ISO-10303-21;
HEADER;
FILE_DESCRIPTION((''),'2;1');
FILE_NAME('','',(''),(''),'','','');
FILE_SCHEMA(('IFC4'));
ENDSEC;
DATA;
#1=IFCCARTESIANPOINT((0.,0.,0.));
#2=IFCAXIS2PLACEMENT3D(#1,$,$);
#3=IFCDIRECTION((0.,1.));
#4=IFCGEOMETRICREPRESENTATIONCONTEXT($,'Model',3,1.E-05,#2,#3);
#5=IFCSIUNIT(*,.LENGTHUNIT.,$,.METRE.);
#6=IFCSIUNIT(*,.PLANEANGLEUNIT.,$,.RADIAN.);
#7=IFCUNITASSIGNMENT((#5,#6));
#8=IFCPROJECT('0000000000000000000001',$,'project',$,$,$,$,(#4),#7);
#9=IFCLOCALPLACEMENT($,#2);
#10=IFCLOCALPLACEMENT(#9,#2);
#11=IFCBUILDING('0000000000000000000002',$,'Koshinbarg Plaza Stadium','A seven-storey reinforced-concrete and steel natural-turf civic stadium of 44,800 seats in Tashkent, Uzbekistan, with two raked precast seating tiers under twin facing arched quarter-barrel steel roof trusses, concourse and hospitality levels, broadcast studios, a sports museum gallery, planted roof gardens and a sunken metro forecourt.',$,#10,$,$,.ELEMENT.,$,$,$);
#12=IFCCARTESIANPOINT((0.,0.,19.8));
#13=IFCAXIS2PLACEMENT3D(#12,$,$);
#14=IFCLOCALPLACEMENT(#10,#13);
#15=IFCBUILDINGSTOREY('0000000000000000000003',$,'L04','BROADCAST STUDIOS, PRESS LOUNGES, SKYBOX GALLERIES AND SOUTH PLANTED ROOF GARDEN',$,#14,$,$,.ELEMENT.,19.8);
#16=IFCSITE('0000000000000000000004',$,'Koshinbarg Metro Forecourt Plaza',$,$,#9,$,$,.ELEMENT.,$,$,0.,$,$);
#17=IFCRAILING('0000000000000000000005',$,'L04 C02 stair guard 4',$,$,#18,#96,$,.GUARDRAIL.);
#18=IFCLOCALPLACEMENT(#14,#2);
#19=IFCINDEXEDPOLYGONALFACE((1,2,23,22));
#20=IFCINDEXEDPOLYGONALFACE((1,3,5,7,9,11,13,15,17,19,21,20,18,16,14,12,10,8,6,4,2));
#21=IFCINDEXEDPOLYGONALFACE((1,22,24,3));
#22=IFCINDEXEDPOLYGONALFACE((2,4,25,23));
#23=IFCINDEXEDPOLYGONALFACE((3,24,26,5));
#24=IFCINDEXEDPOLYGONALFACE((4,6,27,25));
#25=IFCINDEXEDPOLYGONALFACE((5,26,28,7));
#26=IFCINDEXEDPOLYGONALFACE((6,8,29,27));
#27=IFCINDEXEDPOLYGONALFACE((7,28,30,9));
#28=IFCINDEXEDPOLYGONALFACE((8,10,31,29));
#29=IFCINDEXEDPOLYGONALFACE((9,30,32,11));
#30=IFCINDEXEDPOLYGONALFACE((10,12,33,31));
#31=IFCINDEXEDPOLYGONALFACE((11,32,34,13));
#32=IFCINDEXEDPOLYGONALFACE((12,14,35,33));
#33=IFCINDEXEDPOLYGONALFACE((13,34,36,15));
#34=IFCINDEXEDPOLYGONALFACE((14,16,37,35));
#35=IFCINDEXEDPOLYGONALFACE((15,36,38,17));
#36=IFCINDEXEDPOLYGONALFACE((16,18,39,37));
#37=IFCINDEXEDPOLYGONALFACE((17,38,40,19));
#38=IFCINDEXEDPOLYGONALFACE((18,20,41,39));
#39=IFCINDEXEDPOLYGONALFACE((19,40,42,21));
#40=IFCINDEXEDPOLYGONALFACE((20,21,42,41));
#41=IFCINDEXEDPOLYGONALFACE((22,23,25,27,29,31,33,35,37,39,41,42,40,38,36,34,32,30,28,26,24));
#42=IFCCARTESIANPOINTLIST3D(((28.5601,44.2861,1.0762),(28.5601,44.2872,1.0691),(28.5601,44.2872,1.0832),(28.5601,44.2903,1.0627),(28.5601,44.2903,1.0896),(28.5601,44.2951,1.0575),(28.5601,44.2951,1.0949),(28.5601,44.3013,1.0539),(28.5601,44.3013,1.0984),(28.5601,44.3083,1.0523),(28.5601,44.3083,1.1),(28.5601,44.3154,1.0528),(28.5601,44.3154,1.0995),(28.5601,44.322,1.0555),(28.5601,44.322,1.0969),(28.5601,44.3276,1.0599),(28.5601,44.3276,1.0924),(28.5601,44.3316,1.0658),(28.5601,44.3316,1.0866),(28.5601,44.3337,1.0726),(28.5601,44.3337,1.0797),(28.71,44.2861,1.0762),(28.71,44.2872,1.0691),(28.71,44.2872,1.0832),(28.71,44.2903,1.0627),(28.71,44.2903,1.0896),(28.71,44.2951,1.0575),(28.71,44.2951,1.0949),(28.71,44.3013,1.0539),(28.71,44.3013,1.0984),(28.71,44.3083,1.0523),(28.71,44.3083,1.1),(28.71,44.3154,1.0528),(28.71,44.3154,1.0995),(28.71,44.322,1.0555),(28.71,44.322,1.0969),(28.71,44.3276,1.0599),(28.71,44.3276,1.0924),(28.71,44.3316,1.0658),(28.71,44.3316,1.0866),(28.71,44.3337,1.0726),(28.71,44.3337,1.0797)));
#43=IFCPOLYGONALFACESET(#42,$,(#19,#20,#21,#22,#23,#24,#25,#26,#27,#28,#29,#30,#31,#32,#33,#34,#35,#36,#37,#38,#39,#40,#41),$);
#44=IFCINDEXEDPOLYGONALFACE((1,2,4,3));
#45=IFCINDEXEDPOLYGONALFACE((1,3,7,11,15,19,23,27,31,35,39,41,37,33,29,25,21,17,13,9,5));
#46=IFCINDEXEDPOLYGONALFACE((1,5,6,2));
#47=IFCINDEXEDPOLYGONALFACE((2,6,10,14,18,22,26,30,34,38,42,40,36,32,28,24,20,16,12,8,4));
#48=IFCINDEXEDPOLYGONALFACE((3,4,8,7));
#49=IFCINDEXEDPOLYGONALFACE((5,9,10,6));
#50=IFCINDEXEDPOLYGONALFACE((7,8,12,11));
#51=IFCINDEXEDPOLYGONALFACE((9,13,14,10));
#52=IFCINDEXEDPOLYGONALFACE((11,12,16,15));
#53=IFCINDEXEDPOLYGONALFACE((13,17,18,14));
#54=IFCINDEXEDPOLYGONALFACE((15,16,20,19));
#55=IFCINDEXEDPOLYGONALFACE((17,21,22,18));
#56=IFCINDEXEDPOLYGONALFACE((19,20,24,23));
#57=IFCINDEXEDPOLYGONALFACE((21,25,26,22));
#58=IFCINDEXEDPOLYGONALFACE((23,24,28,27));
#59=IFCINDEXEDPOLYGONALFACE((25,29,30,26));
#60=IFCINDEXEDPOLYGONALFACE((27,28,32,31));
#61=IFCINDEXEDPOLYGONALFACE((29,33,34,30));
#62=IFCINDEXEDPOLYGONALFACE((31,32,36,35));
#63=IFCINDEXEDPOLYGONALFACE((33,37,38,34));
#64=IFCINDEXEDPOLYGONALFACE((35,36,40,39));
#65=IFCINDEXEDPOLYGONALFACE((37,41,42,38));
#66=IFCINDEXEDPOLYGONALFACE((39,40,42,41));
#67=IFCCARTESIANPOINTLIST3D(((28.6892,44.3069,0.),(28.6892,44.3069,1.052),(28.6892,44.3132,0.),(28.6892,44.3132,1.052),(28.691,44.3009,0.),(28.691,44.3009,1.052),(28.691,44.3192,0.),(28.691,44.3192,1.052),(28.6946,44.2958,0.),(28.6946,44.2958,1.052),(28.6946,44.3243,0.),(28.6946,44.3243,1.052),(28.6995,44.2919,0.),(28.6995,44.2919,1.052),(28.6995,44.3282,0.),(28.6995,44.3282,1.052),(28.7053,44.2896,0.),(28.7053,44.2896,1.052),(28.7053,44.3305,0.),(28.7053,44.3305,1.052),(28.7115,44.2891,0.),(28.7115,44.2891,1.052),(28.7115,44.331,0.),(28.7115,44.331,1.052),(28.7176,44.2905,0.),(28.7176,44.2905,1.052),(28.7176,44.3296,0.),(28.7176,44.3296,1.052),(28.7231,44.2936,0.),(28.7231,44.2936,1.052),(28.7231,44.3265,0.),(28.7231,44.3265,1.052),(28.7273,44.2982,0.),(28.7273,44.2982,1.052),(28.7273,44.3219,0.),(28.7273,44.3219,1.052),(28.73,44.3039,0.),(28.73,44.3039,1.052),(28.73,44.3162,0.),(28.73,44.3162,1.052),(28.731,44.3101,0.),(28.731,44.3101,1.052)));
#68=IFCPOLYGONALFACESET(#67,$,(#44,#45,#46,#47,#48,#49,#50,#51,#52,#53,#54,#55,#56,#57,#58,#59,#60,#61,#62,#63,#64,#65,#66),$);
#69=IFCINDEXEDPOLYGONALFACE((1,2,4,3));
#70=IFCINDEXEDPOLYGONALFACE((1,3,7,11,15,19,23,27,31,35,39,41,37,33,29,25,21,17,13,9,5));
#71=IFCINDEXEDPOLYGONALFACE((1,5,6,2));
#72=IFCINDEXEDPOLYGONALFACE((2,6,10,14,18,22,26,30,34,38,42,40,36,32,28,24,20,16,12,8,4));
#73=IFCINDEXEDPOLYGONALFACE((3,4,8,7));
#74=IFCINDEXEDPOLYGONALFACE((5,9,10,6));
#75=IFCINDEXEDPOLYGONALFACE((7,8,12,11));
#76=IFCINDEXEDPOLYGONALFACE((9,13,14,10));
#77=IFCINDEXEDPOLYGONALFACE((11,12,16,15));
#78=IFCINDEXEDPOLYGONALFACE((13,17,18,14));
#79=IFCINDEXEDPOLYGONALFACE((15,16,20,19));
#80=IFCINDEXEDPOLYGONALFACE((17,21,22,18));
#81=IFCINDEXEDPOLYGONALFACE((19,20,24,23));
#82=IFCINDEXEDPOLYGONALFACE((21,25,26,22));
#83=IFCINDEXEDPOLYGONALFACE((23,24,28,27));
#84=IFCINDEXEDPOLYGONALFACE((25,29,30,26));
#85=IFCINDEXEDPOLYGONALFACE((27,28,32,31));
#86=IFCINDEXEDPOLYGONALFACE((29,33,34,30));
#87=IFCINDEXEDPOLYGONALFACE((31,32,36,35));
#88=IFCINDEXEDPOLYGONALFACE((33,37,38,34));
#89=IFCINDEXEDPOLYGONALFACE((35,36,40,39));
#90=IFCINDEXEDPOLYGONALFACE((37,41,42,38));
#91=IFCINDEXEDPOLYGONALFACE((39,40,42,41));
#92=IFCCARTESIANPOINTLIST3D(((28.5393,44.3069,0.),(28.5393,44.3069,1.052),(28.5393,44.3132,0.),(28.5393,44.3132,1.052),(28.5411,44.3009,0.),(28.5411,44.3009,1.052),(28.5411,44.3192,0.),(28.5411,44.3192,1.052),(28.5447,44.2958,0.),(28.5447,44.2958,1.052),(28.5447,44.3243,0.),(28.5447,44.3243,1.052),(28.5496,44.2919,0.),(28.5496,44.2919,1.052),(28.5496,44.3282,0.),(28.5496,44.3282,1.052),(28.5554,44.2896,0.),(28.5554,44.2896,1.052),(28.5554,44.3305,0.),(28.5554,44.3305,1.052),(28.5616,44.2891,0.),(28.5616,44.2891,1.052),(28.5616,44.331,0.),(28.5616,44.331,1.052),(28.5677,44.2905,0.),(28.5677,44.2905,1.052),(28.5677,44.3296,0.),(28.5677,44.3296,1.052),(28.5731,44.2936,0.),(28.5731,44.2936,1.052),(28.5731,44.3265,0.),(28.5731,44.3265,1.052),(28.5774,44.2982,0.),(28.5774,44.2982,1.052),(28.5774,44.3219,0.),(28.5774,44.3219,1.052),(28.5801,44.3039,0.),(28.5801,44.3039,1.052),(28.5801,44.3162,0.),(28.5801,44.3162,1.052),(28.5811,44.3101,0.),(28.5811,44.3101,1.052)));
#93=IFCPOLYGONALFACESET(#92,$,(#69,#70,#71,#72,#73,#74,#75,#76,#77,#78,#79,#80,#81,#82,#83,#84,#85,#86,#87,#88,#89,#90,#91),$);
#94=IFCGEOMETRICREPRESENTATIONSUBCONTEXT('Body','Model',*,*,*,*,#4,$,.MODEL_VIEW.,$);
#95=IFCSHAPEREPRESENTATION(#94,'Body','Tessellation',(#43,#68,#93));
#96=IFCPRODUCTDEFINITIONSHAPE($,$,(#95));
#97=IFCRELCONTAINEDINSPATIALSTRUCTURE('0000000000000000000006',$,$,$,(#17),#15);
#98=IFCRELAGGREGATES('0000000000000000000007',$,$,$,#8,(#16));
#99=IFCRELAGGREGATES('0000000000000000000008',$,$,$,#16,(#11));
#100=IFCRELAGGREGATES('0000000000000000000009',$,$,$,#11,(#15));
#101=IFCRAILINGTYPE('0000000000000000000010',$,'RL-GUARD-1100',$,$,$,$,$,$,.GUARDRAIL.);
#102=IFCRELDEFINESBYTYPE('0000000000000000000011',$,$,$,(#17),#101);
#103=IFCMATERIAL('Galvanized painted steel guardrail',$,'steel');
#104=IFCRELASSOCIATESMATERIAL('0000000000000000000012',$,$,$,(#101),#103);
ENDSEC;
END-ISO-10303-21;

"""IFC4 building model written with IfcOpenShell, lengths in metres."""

from ifc_helpers import new_model, si_unit, direction, frame, origin, origin_2d, place, context, subcontext, project, spatial, circle, extrude, material, type_object, element, save


model = new_model("IFC4")

# Units and contexts
model_context = context("Model", 3, precision=1e-05, world=origin(), true_north=direction((0.0, 1.0)))
body_context = subcontext(model_context, "Body", "Model", "MODEL_VIEW")
ifc_project = project(units=[si_unit("LENGTHUNIT", "METRE"), si_unit("PLANEANGLEUNIT", "RADIAN")], contexts=[model_context])

# Site, building, storey
site_placement = place(None, origin())
site = spatial("IfcSite", under=ifc_project, at=site_placement, Name="Koshinbarg Metro Forecourt Plaza", CompositionType="ELEMENT", RefElevation=0.0)
building_placement = place(site_placement, origin())
building = spatial("IfcBuilding", under=site, at=building_placement, Name="Koshinbarg Plaza Stadium", Description="A seven-storey reinforced-concrete and steel natural-turf civic stadium of 44,800 seats in Tashkent, Uzbekistan, with two raked precast seating tiers under twin facing arched quarter-barrel steel roof trusses, concourse and hospitality levels, broadcast studios, a sports museum gallery, planted roof gardens and a sunken metro forecourt.", CompositionType="ELEMENT")
storey_placement = place(building_placement, frame((0.0, 0.0, 19.8)))
storey = spatial("IfcBuildingStorey", under=building, at=storey_placement, Name="L04", Description="BROADCAST STUDIOS, PRESS LOUNGES, SKYBOX GALLERIES AND SOUTH PLANTED ROOF GARDEN", CompositionType="ELEMENT", Elevation=19.8)

# Railing
ifc_material_1 = material(Name="Galvanized painted steel guardrail", Category="steel")
railing_type_1 = type_object("IfcRailingType", Name="RL-GUARD-1100", PredefinedType="GUARDRAIL", material=ifc_material_1)
railing_1_placement = place(storey_placement, frame((28.71, 44.3101, 0.0)))
element("IfcRailing", 1, at=railing_1_placement, inside=storey, type_object=railing_type_1, Name="L04 C02 stair guard 4", PredefinedType="GUARDRAIL", context=body_context, shape_type="SweptSolid", body=[
    extrude(circle(Radius=0.0239, at=origin_2d()), frame((0.0, 0.0, 1.0762), z_axis=(-1.0, 0.0, 0.0), x_axis=(0.0, -1.0, 0.0)), (0.0, 0.0, 1.0), 0.1499),
    extrude(circle(Radius=0.021, at=origin_2d()), origin(), (0.0, 0.0, 1.0), 1.052),
    extrude(circle(Radius=0.021, at=origin_2d()), frame((-0.1499, 0.0, 0.0)), (0.0, 0.0, 1.0), 1.052),
])

save(model, "model.ifc")
